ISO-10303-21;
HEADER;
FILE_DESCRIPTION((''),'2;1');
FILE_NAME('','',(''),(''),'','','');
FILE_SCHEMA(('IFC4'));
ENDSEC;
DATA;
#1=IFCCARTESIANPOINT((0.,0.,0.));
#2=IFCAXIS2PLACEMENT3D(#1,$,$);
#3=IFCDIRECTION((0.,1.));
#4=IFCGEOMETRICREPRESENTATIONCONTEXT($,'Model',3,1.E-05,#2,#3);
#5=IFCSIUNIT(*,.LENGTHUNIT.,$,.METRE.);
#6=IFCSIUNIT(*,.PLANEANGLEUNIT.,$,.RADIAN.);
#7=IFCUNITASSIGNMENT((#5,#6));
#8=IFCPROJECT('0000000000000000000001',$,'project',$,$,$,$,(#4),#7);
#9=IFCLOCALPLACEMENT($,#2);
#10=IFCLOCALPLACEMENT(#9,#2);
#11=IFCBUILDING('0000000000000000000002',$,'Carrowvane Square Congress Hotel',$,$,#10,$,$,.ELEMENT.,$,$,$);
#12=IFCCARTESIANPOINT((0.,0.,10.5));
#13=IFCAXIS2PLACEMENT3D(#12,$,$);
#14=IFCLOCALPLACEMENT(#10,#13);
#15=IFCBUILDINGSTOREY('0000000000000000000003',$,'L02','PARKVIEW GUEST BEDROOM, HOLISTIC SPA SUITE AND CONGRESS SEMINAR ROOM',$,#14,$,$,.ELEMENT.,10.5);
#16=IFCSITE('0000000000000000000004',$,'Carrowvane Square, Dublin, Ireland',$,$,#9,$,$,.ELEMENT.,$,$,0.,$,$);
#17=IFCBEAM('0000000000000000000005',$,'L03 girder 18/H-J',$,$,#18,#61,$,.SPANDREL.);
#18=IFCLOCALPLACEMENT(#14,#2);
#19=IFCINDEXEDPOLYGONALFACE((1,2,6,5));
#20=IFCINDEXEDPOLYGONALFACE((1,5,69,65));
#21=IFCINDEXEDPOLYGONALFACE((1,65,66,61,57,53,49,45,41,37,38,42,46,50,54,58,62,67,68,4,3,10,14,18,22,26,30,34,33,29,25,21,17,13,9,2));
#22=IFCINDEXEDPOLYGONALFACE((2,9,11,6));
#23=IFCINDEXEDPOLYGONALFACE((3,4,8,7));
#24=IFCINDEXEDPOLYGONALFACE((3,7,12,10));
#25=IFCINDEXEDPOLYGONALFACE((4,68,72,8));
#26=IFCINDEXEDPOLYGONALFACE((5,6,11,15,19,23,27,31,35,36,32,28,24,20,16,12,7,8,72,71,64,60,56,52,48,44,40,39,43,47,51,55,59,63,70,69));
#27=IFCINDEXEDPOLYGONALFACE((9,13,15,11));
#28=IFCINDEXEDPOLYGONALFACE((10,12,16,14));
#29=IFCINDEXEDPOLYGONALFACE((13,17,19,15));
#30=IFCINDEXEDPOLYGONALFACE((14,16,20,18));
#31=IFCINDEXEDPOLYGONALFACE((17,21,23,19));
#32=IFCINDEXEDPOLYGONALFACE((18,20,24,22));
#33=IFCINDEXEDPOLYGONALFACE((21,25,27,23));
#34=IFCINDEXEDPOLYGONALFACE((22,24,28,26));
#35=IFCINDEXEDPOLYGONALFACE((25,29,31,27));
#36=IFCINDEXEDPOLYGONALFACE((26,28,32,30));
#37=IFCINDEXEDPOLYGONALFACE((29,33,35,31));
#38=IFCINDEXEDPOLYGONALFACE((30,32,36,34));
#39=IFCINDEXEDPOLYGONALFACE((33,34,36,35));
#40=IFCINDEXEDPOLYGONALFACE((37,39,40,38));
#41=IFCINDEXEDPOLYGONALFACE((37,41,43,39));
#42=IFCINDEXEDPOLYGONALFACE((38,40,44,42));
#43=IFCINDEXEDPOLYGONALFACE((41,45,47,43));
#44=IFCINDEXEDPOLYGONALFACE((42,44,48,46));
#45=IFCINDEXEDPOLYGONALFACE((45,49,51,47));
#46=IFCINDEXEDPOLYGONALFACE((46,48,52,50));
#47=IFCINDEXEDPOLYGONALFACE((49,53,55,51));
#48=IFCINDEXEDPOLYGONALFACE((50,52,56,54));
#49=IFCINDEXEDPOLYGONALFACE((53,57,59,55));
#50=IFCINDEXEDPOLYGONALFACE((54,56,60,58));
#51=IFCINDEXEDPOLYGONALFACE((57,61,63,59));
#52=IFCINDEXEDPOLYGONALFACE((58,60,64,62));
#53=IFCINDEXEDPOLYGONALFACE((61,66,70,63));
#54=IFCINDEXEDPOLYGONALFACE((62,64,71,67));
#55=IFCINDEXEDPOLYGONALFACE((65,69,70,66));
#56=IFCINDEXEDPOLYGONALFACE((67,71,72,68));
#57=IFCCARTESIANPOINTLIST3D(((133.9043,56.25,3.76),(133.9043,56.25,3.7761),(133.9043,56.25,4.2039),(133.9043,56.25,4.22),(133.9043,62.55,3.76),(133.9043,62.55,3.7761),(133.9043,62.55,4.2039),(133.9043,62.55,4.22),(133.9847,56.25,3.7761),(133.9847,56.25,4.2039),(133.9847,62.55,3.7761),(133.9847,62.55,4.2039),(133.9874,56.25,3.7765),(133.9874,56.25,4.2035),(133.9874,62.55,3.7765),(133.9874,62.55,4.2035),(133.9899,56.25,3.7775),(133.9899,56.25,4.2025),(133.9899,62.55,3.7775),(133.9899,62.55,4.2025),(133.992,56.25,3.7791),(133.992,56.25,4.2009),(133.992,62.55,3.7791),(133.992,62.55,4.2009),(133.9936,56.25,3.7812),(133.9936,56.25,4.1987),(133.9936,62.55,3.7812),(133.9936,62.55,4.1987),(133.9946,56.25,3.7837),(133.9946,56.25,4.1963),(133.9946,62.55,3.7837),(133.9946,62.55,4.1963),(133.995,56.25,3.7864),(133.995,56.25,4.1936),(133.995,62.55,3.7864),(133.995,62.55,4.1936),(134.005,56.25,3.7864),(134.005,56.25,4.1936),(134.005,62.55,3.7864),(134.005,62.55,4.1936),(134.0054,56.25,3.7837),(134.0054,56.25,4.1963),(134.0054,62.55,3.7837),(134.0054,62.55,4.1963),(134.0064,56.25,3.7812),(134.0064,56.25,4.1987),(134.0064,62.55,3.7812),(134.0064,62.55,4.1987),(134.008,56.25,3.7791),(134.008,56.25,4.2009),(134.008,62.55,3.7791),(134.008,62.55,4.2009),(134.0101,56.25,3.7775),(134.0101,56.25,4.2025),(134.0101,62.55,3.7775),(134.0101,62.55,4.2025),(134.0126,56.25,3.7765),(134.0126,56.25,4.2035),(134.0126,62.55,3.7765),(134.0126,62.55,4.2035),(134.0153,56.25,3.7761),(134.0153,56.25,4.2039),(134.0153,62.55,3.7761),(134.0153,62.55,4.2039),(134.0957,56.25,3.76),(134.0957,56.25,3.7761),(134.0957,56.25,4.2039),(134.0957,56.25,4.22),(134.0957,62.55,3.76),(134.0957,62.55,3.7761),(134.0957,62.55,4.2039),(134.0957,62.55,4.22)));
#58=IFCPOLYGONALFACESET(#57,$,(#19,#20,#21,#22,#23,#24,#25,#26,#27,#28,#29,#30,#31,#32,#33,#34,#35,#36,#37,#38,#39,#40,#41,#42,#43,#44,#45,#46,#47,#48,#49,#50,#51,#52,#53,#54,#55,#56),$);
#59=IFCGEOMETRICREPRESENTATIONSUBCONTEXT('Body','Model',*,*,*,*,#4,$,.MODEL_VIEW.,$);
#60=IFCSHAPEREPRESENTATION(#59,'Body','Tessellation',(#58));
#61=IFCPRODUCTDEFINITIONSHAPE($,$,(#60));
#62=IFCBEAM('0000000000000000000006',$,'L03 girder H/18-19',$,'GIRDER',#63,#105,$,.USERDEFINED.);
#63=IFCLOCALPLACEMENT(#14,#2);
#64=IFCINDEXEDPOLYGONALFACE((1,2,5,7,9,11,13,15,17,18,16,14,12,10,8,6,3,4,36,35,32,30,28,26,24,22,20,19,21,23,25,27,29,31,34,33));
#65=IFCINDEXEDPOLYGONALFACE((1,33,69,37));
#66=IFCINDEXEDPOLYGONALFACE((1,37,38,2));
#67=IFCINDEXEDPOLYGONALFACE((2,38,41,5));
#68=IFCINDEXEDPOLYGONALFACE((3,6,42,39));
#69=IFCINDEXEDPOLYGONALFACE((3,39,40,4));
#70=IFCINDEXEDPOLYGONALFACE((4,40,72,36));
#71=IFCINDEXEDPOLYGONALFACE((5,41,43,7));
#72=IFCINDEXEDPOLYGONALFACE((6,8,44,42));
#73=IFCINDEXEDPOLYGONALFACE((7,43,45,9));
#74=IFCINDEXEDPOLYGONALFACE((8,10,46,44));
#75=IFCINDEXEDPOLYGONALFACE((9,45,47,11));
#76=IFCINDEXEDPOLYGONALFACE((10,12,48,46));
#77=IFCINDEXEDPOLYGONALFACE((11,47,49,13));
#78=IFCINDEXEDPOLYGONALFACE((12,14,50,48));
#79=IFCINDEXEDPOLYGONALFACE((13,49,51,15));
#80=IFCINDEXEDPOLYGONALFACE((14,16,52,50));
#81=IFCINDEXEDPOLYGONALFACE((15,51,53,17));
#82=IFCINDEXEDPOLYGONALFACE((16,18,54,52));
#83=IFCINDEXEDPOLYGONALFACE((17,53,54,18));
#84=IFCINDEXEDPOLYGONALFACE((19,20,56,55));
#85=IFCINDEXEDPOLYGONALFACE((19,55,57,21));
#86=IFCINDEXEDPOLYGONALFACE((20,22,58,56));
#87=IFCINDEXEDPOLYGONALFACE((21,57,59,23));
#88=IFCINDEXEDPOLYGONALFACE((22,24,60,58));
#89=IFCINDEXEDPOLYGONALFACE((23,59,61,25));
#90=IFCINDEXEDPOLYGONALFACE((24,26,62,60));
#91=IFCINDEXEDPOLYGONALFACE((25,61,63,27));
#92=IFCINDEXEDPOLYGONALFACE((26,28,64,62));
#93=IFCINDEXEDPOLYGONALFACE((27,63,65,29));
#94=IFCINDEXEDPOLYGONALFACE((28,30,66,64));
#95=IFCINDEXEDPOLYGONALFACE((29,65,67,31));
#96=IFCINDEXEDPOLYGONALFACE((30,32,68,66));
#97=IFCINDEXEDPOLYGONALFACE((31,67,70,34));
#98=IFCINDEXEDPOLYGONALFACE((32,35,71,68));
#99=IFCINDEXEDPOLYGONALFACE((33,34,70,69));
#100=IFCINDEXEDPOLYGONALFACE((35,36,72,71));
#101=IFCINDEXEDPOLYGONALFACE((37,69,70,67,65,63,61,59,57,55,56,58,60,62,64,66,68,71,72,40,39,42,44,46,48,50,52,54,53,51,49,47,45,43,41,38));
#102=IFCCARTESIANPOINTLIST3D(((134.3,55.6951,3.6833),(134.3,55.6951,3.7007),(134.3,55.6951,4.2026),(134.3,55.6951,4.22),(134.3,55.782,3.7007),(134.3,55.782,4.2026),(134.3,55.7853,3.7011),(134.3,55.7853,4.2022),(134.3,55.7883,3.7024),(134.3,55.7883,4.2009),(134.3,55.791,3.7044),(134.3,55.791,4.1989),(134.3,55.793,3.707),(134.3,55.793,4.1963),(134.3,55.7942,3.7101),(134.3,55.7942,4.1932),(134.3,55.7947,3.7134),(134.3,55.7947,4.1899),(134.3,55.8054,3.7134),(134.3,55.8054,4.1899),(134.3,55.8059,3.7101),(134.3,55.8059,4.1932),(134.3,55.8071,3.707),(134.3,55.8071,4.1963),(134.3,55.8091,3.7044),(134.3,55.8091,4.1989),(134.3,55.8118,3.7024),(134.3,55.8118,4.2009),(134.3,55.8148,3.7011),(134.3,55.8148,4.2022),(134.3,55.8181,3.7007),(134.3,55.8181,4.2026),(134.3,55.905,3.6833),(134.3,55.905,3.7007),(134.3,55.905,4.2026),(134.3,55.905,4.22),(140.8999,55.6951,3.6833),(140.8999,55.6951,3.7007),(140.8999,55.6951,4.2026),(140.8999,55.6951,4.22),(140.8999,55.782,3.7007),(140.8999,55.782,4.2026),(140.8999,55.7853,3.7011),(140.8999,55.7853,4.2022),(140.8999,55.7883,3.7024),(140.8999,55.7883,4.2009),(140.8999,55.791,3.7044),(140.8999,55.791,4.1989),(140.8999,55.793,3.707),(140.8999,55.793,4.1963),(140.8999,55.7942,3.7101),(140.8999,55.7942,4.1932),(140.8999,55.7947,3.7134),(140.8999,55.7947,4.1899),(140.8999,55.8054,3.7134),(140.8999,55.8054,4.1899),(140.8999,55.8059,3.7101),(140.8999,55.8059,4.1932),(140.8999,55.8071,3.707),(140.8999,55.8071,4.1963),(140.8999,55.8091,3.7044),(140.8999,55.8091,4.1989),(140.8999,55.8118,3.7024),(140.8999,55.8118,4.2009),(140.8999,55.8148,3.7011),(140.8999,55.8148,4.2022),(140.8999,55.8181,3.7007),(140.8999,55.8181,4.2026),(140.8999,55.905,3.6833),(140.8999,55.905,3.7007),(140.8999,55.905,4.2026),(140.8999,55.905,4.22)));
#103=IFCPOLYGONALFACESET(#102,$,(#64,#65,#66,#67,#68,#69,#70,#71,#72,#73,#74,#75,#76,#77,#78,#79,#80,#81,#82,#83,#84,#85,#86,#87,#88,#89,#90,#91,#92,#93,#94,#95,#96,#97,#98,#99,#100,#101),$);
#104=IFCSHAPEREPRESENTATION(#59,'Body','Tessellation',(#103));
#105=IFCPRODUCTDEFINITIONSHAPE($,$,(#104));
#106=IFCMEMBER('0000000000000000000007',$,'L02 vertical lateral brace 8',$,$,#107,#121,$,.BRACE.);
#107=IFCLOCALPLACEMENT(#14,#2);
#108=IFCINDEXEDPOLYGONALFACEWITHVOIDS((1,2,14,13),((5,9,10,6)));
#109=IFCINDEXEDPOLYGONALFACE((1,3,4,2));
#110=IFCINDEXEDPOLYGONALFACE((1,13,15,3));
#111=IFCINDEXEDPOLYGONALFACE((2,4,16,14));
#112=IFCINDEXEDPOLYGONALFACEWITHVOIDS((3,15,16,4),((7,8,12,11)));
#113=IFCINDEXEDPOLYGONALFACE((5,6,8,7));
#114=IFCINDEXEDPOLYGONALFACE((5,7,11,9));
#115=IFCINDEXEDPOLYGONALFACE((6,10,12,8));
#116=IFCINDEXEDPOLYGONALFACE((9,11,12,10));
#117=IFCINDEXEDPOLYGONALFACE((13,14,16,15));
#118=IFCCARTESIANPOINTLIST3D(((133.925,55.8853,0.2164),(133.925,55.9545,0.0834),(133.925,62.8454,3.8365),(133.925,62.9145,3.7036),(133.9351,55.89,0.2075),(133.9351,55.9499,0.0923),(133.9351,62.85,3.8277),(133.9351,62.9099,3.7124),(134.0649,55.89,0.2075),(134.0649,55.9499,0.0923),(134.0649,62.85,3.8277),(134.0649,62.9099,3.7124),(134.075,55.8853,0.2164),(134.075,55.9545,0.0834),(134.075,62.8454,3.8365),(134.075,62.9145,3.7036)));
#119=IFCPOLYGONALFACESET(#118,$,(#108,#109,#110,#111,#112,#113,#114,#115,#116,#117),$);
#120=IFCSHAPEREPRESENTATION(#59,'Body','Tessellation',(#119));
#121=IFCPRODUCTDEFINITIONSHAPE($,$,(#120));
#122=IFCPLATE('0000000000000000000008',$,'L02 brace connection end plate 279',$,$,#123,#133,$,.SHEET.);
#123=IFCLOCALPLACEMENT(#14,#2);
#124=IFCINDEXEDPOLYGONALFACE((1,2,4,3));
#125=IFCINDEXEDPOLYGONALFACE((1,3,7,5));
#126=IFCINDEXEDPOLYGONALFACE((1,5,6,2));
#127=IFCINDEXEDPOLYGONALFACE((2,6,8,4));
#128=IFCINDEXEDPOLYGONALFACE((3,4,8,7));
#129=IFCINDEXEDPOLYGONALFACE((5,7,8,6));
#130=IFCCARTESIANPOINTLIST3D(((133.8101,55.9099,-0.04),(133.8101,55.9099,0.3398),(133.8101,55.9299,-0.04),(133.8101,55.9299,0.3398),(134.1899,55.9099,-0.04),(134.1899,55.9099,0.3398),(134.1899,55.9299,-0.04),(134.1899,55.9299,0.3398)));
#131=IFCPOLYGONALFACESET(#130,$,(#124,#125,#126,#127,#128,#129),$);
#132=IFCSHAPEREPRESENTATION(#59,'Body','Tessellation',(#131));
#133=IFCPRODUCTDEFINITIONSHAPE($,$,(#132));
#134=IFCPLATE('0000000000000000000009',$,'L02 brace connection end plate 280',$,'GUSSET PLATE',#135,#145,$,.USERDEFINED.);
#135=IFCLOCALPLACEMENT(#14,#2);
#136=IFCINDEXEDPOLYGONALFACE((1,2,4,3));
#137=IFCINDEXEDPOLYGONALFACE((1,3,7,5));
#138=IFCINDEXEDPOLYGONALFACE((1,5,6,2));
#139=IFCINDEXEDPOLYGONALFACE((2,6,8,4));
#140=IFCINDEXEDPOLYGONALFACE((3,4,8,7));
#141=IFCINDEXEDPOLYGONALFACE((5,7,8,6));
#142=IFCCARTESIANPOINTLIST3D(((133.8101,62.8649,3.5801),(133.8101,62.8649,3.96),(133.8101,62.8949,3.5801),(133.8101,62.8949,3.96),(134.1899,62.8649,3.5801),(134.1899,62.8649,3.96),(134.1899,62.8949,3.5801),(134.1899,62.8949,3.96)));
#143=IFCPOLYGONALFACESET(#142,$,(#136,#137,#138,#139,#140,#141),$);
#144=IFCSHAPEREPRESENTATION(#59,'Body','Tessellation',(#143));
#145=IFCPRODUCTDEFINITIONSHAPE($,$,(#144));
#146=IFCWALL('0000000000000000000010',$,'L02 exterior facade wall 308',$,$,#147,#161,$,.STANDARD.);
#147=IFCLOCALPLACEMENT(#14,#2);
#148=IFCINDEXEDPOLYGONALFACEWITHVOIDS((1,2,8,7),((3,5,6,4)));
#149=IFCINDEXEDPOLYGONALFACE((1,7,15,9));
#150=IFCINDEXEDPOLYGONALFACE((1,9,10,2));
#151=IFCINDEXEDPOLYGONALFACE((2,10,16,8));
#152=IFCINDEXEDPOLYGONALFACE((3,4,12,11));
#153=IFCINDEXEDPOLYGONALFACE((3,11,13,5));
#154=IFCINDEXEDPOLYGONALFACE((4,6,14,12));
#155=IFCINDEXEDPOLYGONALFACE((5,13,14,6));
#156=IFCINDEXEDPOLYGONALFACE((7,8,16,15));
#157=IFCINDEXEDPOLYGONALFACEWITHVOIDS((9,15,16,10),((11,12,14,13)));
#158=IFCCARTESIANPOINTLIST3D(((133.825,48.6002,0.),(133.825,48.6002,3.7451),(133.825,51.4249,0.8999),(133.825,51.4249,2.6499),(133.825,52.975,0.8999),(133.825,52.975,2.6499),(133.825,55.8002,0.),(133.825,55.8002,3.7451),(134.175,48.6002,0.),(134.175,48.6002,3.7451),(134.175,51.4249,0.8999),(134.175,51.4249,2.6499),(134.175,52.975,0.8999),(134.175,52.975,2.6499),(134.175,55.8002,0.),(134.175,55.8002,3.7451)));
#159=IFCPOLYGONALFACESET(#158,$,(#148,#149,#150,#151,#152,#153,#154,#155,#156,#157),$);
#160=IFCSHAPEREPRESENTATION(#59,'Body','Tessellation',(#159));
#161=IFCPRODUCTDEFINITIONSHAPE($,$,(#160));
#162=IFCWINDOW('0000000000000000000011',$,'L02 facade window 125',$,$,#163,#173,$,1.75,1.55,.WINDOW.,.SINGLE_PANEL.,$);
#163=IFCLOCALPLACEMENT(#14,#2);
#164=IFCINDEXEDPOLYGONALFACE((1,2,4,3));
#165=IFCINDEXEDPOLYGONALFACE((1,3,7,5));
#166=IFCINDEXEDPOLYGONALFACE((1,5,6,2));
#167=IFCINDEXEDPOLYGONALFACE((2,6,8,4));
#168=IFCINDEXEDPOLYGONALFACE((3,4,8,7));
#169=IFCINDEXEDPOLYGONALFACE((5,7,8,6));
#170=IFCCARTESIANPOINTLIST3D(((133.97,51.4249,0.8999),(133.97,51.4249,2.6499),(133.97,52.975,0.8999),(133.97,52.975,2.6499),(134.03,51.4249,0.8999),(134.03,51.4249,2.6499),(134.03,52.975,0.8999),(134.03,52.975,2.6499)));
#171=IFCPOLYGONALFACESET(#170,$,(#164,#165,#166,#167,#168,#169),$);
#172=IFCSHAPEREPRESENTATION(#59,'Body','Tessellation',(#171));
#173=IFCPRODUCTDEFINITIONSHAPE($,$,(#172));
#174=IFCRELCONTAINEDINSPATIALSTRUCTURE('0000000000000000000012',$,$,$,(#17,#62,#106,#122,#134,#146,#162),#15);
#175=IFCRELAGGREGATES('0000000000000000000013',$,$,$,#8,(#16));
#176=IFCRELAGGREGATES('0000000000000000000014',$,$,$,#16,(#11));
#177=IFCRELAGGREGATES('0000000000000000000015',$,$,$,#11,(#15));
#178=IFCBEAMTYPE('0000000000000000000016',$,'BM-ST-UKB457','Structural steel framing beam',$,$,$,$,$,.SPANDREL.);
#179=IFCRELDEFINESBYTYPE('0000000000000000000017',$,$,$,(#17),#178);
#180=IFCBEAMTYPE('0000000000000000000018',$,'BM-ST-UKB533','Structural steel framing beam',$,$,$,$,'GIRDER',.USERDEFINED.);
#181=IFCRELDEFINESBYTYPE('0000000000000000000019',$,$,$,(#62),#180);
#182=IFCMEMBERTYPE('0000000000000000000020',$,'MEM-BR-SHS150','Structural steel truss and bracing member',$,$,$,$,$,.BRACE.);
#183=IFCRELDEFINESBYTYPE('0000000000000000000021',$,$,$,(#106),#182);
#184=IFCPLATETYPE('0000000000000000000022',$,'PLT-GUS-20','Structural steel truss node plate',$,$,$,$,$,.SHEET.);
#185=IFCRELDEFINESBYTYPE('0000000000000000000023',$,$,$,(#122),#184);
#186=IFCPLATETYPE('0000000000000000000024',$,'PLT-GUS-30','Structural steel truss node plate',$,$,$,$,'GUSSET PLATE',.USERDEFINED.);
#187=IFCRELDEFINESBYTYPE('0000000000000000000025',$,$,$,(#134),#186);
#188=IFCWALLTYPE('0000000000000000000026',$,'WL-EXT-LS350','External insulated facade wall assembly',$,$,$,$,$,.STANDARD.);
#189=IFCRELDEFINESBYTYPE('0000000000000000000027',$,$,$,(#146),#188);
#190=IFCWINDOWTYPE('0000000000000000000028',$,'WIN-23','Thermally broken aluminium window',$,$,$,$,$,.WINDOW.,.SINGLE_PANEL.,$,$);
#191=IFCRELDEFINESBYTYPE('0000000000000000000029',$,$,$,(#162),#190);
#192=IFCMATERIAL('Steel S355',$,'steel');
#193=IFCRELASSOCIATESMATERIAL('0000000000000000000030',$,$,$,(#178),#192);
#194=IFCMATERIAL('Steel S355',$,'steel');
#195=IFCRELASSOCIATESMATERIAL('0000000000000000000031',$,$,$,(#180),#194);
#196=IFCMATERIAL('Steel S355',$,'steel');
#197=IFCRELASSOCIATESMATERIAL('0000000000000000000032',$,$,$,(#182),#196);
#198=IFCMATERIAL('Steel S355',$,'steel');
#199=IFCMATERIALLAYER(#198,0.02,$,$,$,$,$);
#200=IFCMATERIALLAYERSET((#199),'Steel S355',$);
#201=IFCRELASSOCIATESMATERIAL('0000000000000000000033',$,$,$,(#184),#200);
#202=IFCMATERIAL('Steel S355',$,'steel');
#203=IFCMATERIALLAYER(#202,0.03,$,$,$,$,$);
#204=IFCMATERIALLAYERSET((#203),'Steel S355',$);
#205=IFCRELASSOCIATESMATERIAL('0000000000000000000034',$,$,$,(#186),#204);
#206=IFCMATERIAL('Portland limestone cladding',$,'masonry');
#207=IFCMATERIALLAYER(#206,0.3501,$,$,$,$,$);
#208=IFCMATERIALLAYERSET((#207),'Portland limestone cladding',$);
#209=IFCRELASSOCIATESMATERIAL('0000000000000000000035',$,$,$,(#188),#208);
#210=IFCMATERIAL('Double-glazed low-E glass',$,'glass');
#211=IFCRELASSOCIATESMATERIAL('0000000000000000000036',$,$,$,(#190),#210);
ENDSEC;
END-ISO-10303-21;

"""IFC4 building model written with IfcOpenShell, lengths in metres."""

from ifc_helpers import new_model, si_unit, direction, frame, frame_2d, origin, origin_2d, place, context, subcontext, project, spatial, rectangle, hollow_rectangle, i_section, extrude, material, layer, layer_set, material_profile, profile_set, type_object, element, fill, save


model = new_model("IFC4")

# Units and contexts
model_context = context("Model", 3, precision=1e-05, world=origin(), true_north=direction((0.0, 1.0)))
body_context = subcontext(model_context, "Body", "Model", "MODEL_VIEW")
ifc_project = project(units=[si_unit("LENGTHUNIT", "METRE"), si_unit("PLANEANGLEUNIT", "RADIAN")], contexts=[model_context])

# Site, building, storey
site_placement = place(None, origin())
site = spatial("IfcSite", under=ifc_project, at=site_placement, Name="Carrowvane Square, Dublin, Ireland", CompositionType="ELEMENT", RefElevation=0.0)
building_placement = place(site_placement, origin())
building = spatial("IfcBuilding", under=site, at=building_placement, Name="Carrowvane Square Congress Hotel", CompositionType="ELEMENT")
storey_placement = place(building_placement, frame((0.0, 0.0, 10.5)))
storey = spatial("IfcBuildingStorey", under=building, at=storey_placement, Name="L02", Description="PARKVIEW GUEST BEDROOM, HOLISTIC SPA SUITE AND CONGRESS SEMINAR ROOM", CompositionType="ELEMENT", Elevation=10.5)

# Beams
ifc_material_1 = material(Name="Steel S355", Category="steel")
ifc_material_profile_1 = material_profile(ifc_material_1, i_section(OverallWidth=0.1914, OverallDepth=0.46, WebThickness=0.01, FlangeThickness=0.0161, FilletRadius=0.0103, at=origin_2d()), Name="UKB 457x191x82")
ifc_profile_set_1 = profile_set([ifc_material_profile_1], Name="Steel S355")
beam_type_1 = type_object("IfcBeamType", Name="BM-ST-UKB457", Description="Structural steel framing beam", PredefinedType="SPANDREL", material=ifc_profile_set_1)
for number, where, z_axis, x_axis, name in (
    (1, (134.0, 56.25, 3.99), (0.0, 1.0, 0.0), (-1.0, 0.0, 0.0), "L03 girder 18/H-J"),
):
    element("IfcBeam", number, at=place(storey_placement, frame(where, z_axis=z_axis, x_axis=x_axis)), inside=storey, type_object=beam_type_1, Name=name, PredefinedType="SPANDREL", context=body_context, shape_type="SweptSolid", body=[
        extrude(i_section(OverallWidth=0.1914, OverallDepth=0.46, WebThickness=0.01, FlangeThickness=0.0161, FilletRadius=0.0103, at=origin_2d()), origin(), (0.0, 0.0, 1.0), 6.3),
    ])
ifc_material_2 = material(Name="Steel S355", Category="steel")
ifc_material_profile_2 = material_profile(ifc_material_2, i_section(OverallWidth=0.21, OverallDepth=0.5366, WebThickness=0.0107, FlangeThickness=0.0173, FilletRadius=0.0127, at=origin_2d()), Name="UKB 533x210x101")
ifc_profile_set_2 = profile_set([ifc_material_profile_2], Name="Steel S355")
beam_type_2 = type_object("IfcBeamType", Name="BM-ST-UKB533", Description="Structural steel framing beam", ElementType="GIRDER", PredefinedType="USERDEFINED", material=ifc_profile_set_2)
beam_1_placement = place(storey_placement, frame((134.3, 55.8, 3.9517), z_axis=(1.0, 0.0, 0.0), x_axis=(0.0, 1.0, 0.0)))
element("IfcBeam", 2, at=beam_1_placement, inside=storey, type_object=beam_type_2, Name="L03 girder H/18-19", ObjectType="GIRDER", PredefinedType="USERDEFINED", context=body_context, shape_type="SweptSolid", body=[
    extrude(i_section(OverallWidth=0.21, OverallDepth=0.5366, WebThickness=0.0107, FlangeThickness=0.0173, FilletRadius=0.0127, at=origin_2d()), origin(), (0.0, 0.0, 1.0), 6.5999),
])

# Member
ifc_material_3 = material(Name="Steel S355", Category="steel")
ifc_material_profile_3 = material_profile(ifc_material_3, hollow_rectangle(XDim=0.1499, YDim=0.1499, WallThickness=0.01, at=origin_2d()), Name="SHS 150x150x10")
ifc_profile_set_3 = profile_set([ifc_material_profile_3], Name="Steel S355")
member_type = type_object("IfcMemberType", Name="MEM-BR-SHS150", Description="Structural steel truss and bracing member", PredefinedType="BRACE", material=ifc_profile_set_3)
member_placement = place(storey_placement, frame((134.0, 55.9199, 0.1499), z_axis=(0.0, 0.887168, 0.461447), x_axis=(-1.0, 0.0, 0.0)))
element("IfcMember", 3, at=member_placement, inside=storey, type_object=member_type, Name="L02 vertical lateral brace 8", PredefinedType="BRACE", context=body_context, shape_type="SweptSolid", body=[
    extrude(hollow_rectangle(XDim=0.1499, YDim=0.1499, WallThickness=0.01, at=origin_2d()), origin(), (0.0, 0.0, 1.0), 7.8452),
])

# Plates
ifc_material_4 = material(Name="Steel S355", Category="steel")
ifc_layer_1 = layer(ifc_material_4, 0.02)
ifc_layer_set_1 = layer_set([ifc_layer_1], Name="Steel S355")
plate_type_1 = type_object("IfcPlateType", Name="PLT-GUS-20", Description="Structural steel truss node plate", PredefinedType="SHEET", material=ifc_layer_set_1)
plate_1_placement = place(storey_placement, frame((134.0, 55.9199, -0.04), z_axis=(0.0, 0.0, 1.0), x_axis=(1.0, 0.0, 0.0)))
element("IfcPlate", 4, at=plate_1_placement, inside=storey, type_object=plate_type_1, Name="L02 brace connection end plate 279", PredefinedType="SHEET", context=body_context, shape_type="SweptSolid", body=[
    extrude(rectangle(XDim=0.3799, YDim=0.02, at=origin_2d()), origin(), (0.0, 0.0, 1.0), 0.3799),
])
ifc_material_5 = material(Name="Steel S355", Category="steel")
ifc_layer_2 = layer(ifc_material_5, 0.03)
ifc_layer_set_2 = layer_set([ifc_layer_2], Name="Steel S355")
plate_type_2 = type_object("IfcPlateType", Name="PLT-GUS-30", Description="Structural steel truss node plate", ElementType="GUSSET PLATE", PredefinedType="USERDEFINED", material=ifc_layer_set_2)
plate_2_placement = place(storey_placement, frame((134.0, 62.8799, 3.5801), z_axis=(0.0, 0.0, 1.0), x_axis=(1.0, 0.0, 0.0)))
element("IfcPlate", 5, at=plate_2_placement, inside=storey, type_object=plate_type_2, Name="L02 brace connection end plate 280", ObjectType="GUSSET PLATE", PredefinedType="USERDEFINED", context=body_context, shape_type="SweptSolid", body=[
    extrude(rectangle(XDim=0.3799, YDim=0.03, at=origin_2d()), origin(), (0.0, 0.0, 1.0), 0.3799),
])

# Wall, opening, window
ifc_material_6 = material(Name="Portland limestone cladding", Category="masonry")
ifc_layer_3 = layer(ifc_material_6, 0.3501)
ifc_layer_set_3 = layer_set([ifc_layer_3], Name="Portland limestone cladding")
wall_type_1 = type_object("IfcWallType", Name="WL-EXT-LS350", Description="External insulated facade wall assembly", PredefinedType="STANDARD", material=ifc_layer_set_3)
wall_1_placement = place(storey_placement, frame((134.0, 48.6001, 0.0), z_axis=(0.0, 0.0, 1.0), x_axis=(0.0, 1.0, 0.0)))
wall_1 = element("IfcWall", 6, at=wall_1_placement, inside=storey, type_object=wall_type_1, Name="L02 exterior facade wall 308", PredefinedType="STANDARD", context=body_context, shape_type="SweptSolid", body=[
    extrude(rectangle(XDim=7.2, YDim=0.3501, at=frame_2d((3.6001, 0.0))), origin(), (0.0, 0.0, 1.0), 3.7451),
])
opening_1_placement = place(wall_1_placement, frame((2.825, 0.0, 0.8999)))
opening_1 = element("IfcOpeningElement", 7, at=opening_1_placement, cuts=wall_1, PredefinedType="OPENING", context=body_context, shape_type="SweptSolid", body=[
    extrude(rectangle(XDim=1.55, YDim=1.75, at=frame_2d((0.7749, 0.875))), frame((0.0, 0.1851, 0.0), z_axis=(0.0, -1.0, 0.0), x_axis=(1.0, 0.0, 0.0)), (0.0, 0.0, 1.0), 0.3701),
])
ifc_material_7 = material(Name="Double-glazed low-E glass", Category="glass")
window_type_1 = type_object("IfcWindowType", Name="WIN-23", Description="Thermally broken aluminium window", PartitioningType="SINGLE_PANEL", PredefinedType="WINDOW", material=ifc_material_7)
window_1_placement = place(opening_1_placement, origin())
window_1 = element("IfcWindow", 8, at=window_1_placement, inside=storey, type_object=window_type_1, Name="L02 facade window 125", OverallHeight=1.75, OverallWidth=1.55, PartitioningType="SINGLE_PANEL", PredefinedType="WINDOW", context=body_context, shape_type="SweptSolid", body=[
    extrude(rectangle(XDim=1.55, YDim=1.75, at=frame_2d((0.7749, 0.875))), frame((0.0, 0.03, 0.0), z_axis=(0.0, -1.0, 0.0), x_axis=(1.0, 0.0, 0.0)), (0.0, 0.0, 1.0), 0.0601),
])
fill(opening_1, window_1)

save(model, "model.ifc")
